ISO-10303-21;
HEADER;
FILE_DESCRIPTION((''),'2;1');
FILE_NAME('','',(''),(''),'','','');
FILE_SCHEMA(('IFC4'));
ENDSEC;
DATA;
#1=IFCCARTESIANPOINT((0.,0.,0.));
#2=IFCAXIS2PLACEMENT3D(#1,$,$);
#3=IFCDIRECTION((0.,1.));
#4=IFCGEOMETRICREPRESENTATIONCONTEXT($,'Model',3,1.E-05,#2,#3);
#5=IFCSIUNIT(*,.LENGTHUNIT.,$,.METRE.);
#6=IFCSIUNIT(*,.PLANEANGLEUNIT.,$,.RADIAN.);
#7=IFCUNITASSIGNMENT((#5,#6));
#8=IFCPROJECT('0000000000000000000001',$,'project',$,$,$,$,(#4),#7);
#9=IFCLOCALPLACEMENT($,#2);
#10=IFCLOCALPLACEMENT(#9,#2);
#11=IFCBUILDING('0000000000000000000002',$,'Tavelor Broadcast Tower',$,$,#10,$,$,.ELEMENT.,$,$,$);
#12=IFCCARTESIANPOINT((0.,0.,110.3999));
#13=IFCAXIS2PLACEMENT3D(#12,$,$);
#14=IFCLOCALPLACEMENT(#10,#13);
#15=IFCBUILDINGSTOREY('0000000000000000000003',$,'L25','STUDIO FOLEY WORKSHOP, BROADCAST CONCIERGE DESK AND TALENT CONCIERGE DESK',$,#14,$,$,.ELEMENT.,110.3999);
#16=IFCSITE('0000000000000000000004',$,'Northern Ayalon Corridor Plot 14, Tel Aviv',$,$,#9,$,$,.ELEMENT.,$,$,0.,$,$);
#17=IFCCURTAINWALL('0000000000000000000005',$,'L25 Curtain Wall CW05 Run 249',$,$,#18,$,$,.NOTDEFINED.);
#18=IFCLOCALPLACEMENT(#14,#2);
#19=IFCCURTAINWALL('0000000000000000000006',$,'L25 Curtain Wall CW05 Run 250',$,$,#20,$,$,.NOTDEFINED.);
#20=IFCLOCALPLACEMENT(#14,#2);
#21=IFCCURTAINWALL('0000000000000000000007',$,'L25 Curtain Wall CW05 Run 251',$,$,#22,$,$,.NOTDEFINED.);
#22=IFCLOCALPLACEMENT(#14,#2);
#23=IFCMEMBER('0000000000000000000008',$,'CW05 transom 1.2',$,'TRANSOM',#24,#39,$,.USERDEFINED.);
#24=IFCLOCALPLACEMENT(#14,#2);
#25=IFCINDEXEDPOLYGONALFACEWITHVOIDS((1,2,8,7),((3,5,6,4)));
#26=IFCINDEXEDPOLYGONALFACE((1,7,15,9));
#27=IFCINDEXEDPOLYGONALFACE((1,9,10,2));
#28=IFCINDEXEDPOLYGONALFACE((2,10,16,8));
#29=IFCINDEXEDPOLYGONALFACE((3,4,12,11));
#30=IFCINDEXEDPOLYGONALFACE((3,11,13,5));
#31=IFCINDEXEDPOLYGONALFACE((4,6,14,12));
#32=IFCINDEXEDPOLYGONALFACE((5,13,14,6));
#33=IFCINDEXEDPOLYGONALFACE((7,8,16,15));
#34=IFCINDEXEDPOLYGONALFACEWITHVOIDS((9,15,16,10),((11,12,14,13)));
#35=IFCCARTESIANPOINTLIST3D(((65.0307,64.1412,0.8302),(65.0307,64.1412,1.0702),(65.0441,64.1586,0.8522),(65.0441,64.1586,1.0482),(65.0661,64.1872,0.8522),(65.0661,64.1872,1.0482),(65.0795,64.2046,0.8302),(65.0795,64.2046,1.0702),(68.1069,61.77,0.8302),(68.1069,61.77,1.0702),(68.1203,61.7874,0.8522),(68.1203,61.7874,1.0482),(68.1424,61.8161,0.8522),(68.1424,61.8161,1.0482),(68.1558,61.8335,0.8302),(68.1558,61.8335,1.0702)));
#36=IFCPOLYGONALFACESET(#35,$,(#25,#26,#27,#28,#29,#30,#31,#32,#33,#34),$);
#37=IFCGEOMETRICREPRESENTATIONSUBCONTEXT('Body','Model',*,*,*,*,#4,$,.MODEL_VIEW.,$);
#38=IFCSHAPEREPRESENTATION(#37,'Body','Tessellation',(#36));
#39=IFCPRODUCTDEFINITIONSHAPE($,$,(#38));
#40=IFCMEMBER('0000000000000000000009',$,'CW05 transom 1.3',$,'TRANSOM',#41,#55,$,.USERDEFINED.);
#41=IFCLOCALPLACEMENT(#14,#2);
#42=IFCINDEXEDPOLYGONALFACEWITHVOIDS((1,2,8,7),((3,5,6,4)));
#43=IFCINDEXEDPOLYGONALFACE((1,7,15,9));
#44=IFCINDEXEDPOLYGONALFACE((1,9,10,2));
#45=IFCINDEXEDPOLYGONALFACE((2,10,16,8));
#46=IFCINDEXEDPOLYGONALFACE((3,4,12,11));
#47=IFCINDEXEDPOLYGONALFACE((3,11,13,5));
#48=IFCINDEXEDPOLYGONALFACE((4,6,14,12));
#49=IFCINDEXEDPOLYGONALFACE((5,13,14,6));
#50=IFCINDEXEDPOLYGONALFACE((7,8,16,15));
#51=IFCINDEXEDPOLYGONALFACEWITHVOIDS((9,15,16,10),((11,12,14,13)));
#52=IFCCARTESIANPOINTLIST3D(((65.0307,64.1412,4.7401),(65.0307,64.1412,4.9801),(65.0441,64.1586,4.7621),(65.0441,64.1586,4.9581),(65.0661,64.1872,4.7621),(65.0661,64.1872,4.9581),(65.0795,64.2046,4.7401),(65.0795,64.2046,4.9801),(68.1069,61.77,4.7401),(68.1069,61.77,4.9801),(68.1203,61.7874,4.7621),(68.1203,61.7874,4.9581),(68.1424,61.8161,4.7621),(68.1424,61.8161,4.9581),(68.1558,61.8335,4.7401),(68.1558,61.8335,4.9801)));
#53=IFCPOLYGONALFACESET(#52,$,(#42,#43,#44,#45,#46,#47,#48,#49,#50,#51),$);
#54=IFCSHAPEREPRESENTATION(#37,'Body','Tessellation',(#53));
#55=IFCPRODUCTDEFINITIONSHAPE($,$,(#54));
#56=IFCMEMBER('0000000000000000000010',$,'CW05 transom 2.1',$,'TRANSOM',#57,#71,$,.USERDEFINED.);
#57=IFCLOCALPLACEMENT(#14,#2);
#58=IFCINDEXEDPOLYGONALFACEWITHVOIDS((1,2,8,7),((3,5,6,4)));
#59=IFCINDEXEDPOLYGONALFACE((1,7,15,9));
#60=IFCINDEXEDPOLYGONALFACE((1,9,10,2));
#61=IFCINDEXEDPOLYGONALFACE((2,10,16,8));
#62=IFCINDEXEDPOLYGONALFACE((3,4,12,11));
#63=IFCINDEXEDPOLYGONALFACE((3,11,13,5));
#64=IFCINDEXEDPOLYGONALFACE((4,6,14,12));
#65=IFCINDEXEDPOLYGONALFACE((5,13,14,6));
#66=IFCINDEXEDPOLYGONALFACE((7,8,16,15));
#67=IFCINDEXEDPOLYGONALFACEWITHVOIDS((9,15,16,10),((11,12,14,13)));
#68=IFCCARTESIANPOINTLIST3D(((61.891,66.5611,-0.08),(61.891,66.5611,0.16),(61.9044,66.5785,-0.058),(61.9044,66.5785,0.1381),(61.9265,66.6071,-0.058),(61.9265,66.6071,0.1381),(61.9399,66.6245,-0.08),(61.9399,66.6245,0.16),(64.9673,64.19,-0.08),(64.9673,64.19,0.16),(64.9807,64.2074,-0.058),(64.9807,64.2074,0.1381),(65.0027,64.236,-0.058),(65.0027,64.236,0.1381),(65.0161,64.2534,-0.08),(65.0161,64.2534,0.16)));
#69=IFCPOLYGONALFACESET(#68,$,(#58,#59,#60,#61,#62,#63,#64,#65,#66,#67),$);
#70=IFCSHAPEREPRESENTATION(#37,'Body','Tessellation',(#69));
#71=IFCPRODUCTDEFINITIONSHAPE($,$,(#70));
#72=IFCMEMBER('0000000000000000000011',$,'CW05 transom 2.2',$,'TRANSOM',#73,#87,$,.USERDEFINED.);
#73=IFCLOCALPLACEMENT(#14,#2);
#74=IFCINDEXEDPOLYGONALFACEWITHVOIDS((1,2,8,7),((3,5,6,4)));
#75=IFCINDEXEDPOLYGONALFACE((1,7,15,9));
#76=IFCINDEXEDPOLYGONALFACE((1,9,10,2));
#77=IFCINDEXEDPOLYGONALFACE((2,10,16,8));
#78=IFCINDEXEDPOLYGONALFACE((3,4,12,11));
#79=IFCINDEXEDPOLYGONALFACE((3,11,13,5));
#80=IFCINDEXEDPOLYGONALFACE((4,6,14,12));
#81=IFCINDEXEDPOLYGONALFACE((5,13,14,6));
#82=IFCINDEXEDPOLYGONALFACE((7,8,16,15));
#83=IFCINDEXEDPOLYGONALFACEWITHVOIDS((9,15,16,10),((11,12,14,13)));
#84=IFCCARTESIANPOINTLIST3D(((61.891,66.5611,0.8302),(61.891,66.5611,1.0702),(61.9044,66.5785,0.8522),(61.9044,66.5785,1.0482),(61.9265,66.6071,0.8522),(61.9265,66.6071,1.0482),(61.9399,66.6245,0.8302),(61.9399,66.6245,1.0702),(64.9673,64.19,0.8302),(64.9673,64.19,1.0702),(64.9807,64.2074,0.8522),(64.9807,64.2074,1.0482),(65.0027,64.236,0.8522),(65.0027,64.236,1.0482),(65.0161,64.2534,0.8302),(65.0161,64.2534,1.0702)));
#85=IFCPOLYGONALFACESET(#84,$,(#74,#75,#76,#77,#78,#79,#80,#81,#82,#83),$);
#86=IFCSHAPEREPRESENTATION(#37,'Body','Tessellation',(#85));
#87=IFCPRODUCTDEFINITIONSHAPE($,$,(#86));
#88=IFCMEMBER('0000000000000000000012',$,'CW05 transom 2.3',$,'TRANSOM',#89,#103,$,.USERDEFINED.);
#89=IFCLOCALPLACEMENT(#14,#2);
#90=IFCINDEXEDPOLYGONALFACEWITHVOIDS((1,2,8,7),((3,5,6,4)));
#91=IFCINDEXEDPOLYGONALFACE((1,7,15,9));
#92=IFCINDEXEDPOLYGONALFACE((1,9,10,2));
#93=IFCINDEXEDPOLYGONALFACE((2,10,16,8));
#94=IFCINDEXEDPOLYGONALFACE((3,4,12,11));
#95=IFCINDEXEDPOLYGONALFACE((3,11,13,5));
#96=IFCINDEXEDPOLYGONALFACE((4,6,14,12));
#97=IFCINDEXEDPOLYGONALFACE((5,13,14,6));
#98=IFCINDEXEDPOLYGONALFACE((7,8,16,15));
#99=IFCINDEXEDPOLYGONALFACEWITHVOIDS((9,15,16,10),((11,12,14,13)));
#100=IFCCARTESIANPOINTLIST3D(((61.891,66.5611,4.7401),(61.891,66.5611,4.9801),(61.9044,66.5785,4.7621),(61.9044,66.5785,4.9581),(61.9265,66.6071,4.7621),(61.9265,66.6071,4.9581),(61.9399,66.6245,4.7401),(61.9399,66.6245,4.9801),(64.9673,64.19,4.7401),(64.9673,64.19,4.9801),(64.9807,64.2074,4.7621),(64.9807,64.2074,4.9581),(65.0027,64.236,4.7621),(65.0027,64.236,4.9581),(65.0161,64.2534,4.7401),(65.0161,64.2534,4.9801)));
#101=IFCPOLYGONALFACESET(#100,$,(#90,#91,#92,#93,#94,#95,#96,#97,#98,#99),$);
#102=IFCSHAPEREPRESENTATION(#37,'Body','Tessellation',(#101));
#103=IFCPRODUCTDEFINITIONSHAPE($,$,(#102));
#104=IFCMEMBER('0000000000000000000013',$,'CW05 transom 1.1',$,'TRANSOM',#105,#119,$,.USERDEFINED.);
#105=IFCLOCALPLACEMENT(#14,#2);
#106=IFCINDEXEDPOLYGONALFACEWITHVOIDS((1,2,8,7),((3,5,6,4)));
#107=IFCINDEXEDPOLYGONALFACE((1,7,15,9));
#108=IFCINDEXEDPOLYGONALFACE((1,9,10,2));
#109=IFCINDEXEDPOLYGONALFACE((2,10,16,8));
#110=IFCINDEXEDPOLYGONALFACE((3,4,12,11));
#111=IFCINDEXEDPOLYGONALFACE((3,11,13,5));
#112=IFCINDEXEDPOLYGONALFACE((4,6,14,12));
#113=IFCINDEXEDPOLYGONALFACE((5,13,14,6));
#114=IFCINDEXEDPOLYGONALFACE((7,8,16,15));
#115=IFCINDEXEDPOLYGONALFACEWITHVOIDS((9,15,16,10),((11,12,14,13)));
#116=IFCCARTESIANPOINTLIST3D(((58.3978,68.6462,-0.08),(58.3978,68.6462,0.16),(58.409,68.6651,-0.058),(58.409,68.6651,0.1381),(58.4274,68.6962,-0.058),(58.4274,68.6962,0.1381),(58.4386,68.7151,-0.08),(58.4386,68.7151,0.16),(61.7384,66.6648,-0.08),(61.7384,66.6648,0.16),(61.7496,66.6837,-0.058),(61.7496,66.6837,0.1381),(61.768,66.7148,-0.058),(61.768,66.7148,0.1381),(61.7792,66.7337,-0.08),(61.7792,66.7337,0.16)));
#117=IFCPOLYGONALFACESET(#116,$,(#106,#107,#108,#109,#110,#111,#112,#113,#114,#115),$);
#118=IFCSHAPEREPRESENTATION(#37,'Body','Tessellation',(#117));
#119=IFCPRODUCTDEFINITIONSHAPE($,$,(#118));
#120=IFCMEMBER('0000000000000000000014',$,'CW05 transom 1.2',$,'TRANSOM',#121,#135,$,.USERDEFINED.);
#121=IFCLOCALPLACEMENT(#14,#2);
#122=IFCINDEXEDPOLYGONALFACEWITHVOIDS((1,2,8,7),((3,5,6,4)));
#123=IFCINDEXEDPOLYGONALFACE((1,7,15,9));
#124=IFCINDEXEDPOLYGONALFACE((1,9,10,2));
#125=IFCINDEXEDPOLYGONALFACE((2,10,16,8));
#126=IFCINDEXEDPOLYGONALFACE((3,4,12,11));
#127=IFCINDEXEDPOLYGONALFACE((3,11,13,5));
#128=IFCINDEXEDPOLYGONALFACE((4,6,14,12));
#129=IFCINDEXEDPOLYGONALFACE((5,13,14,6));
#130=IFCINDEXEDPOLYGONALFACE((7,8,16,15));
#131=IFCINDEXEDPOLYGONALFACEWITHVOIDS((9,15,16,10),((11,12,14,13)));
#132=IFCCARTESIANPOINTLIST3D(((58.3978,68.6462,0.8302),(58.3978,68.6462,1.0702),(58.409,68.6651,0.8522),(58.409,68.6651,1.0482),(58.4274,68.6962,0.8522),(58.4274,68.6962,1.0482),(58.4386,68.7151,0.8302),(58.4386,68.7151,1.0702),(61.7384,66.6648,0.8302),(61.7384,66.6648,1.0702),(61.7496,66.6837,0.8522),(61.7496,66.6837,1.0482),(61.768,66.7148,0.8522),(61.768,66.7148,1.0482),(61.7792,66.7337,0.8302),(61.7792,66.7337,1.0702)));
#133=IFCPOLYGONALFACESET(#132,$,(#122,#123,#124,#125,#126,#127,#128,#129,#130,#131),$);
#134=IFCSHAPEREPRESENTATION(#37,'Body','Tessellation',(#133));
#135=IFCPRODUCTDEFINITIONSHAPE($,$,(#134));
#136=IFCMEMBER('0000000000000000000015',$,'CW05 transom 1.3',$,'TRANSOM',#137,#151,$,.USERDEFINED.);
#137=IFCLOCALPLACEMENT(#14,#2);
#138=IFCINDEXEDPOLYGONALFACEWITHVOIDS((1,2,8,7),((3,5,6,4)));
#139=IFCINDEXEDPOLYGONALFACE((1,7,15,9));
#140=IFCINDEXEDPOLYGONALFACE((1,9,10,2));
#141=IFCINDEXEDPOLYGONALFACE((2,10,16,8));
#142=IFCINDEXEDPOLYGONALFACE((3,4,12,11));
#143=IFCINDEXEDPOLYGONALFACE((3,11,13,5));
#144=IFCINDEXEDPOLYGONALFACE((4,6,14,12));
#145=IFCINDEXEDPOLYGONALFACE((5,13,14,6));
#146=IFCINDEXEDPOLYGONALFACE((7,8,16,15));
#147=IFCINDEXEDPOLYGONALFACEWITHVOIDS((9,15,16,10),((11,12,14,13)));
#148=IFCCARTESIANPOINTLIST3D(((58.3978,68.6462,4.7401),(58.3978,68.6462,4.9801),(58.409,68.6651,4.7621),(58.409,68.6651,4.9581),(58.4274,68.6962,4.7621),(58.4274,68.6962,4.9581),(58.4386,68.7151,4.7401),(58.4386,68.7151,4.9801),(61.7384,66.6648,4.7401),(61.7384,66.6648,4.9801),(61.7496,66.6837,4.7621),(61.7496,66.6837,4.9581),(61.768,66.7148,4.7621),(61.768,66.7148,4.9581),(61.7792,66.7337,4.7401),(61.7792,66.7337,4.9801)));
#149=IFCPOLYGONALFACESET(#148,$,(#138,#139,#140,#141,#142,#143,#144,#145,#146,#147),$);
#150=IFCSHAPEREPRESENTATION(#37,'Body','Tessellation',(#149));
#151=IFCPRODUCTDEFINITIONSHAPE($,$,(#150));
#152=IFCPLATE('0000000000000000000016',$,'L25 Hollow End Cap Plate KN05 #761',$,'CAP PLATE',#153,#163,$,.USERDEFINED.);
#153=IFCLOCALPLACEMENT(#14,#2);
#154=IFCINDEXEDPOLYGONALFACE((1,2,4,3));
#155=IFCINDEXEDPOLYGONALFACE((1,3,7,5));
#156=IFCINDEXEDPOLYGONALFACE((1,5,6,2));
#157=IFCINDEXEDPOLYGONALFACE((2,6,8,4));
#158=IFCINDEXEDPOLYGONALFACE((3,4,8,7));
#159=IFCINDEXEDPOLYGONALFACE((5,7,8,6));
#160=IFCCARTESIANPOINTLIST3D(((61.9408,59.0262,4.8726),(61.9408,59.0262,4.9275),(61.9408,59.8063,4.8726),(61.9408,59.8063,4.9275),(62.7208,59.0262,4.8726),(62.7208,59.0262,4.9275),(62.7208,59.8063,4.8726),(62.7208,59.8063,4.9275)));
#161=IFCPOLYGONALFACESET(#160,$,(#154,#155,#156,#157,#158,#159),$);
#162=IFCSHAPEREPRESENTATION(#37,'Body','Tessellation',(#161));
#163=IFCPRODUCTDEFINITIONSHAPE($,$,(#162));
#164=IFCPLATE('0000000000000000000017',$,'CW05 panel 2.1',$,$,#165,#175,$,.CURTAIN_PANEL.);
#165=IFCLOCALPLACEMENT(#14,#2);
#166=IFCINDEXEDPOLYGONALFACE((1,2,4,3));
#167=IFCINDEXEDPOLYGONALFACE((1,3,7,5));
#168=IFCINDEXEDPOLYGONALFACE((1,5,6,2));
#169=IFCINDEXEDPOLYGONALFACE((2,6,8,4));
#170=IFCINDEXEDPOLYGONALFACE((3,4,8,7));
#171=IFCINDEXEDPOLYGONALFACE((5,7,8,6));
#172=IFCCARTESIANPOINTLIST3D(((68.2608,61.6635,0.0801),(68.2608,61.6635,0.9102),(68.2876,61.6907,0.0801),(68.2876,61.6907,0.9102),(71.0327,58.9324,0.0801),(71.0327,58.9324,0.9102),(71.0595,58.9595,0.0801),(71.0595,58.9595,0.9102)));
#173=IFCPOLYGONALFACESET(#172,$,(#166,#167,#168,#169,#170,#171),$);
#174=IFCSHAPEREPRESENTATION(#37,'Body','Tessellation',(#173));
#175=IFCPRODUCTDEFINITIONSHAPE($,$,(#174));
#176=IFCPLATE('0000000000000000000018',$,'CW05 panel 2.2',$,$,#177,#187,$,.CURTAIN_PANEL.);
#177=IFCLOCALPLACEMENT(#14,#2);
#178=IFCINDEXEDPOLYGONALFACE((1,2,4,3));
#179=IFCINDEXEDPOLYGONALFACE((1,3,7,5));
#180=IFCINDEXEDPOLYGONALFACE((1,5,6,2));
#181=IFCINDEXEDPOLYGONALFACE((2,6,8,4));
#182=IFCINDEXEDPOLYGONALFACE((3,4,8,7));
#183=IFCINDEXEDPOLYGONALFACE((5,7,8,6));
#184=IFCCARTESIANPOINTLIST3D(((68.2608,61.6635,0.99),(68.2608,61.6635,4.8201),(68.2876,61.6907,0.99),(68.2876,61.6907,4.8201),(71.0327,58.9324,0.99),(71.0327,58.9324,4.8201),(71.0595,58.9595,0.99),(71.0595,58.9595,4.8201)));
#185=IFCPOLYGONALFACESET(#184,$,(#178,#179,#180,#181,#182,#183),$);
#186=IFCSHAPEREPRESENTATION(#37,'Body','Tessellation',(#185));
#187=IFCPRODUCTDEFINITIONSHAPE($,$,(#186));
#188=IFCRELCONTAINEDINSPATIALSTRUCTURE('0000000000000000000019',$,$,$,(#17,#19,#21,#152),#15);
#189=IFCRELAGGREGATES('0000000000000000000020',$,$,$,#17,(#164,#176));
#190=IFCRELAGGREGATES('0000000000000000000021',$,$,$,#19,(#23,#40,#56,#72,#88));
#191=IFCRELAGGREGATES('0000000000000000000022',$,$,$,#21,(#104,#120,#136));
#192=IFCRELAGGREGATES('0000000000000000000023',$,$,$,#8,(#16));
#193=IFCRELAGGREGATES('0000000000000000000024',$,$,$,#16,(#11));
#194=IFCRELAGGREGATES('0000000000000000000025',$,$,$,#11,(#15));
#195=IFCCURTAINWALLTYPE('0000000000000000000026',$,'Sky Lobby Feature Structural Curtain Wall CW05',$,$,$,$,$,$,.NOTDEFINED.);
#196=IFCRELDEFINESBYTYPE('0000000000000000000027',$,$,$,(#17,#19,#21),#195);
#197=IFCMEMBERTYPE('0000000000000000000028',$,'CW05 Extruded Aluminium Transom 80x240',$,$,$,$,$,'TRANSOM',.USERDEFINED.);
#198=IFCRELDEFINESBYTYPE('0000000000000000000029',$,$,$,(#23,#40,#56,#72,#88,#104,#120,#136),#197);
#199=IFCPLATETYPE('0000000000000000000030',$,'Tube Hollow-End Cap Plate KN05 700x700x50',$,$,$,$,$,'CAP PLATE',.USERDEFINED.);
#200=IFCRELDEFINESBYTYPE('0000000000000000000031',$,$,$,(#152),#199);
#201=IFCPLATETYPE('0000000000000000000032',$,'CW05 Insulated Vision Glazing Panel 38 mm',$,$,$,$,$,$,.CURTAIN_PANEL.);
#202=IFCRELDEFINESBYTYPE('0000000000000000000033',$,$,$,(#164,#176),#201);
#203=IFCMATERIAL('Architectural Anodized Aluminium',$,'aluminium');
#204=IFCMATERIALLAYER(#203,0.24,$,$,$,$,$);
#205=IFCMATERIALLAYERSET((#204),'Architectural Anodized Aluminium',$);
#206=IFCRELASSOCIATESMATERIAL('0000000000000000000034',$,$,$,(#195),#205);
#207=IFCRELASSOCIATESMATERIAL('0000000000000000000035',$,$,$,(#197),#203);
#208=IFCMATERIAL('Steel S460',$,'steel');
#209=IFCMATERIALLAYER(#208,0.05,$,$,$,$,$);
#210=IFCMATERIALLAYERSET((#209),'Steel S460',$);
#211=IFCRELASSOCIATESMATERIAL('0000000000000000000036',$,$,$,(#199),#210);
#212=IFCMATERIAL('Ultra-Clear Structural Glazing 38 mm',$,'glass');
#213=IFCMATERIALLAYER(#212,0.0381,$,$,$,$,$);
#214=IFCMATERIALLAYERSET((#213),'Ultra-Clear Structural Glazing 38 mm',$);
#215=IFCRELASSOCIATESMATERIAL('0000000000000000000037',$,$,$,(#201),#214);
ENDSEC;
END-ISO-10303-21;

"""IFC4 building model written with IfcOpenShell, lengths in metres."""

from ifc_helpers import new_model, si_unit, direction, frame, origin, origin_2d, place, context, subcontext, project, spatial, rectangle, hollow_rectangle, extrude, source, transform, mapped, material, layer, layer_set, material_profile, profile_set, type_object, type_shapes, element, aggregate, save


model = new_model("IFC4")

# Units and contexts
model_context = context("Model", 3, precision=1e-05, world=origin(), true_north=direction((0.0, 1.0)))
body_context = subcontext(model_context, "Body", "Model", "MODEL_VIEW")
ifc_project = project(units=[si_unit("LENGTHUNIT", "METRE"), si_unit("PLANEANGLEUNIT", "RADIAN")], contexts=[model_context])

# Site, building, storey
site_placement = place(None, origin())
site = spatial("IfcSite", under=ifc_project, at=site_placement, Name="Northern Ayalon Corridor Plot 14, Tel Aviv", CompositionType="ELEMENT", RefElevation=0.0)
building_placement = place(site_placement, origin())
building = spatial("IfcBuilding", under=site, at=building_placement, Name="Tavelor Broadcast Tower", CompositionType="ELEMENT")
storey_placement = place(building_placement, frame((0.0, 0.0, 110.3999)))
storey = spatial("IfcBuildingStorey", under=building, at=storey_placement, Name="L25", Description="STUDIO FOLEY WORKSHOP, BROADCAST CONCIERGE DESK AND TALENT CONCIERGE DESK", CompositionType="ELEMENT", Elevation=110.3999)

# Shared definitions
ifc_material_1 = material(Name="Steel S460", Category="steel")

# Curtain wall
ifc_material_2 = material(Name="Architectural Anodized Aluminium", Category="aluminium")
ifc_layer_1 = layer(ifc_material_2, 0.24)
ifc_layer_set_1 = layer_set([ifc_layer_1], Name="Architectural Anodized Aluminium")
curtain_wall_type = type_object("IfcCurtainWallType", Name="Sky Lobby Feature Structural Curtain Wall CW05", PredefinedType="NOTDEFINED", material=ifc_layer_set_1)
curtain_wall_1_placement = place(storey_placement, origin())
curtain_wall_1 = element("IfcCurtainWall", 1, at=curtain_wall_1_placement, inside=storey, type_object=curtain_wall_type, Name="L25 Curtain Wall CW05 Run 249", PredefinedType="NOTDEFINED")

# Curtain wall
curtain_wall_2_placement = place(storey_placement, origin())
curtain_wall_2 = element("IfcCurtainWall", 2, at=curtain_wall_2_placement, inside=storey, type_object=curtain_wall_type, Name="L25 Curtain Wall CW05 Run 250", PredefinedType="NOTDEFINED")

# Curtain wall
curtain_wall_3_placement = place(storey_placement, origin())
curtain_wall_3 = element("IfcCurtainWall", 3, at=curtain_wall_3_placement, inside=storey, type_object=curtain_wall_type, Name="L25 Curtain Wall CW05 Run 251", PredefinedType="NOTDEFINED")

# Members
ifc_material_profile_1 = material_profile(ifc_material_2, hollow_rectangle(XDim=0.0801, YDim=0.24, WallThickness=0.022, at=origin_2d()), Name="RHS 80x240x22")
ifc_profile_set_1 = profile_set([ifc_material_profile_1], Name="Architectural Anodized Aluminium")
member_type_1 = type_object("IfcMemberType", Name="CW05 Extruded Aluminium Transom 80x240", ElementType="TRANSOM", PredefinedType="USERDEFINED", material=ifc_profile_set_1)
shared_shape_1 = source(origin(), body_context, "Body", "SweptSolid", [
    extrude(hollow_rectangle(XDim=0.0801, YDim=0.24, WallThickness=0.022, at=origin_2d()), origin(), (0.0, 0.0, 1.0), 3.884),
])
member_1_placement = place(storey_placement, frame((68.1313, 61.8018, 0.9502), z_axis=(-0.792025, 0.610488, 0.0), x_axis=(-0.610488, -0.792025, 0.0)))
member_1 = element("IfcMember", 4, at=member_1_placement, type_object=member_type_1, Name="CW05 transom 1.2", ObjectType="TRANSOM", PredefinedType="USERDEFINED", context=body_context, shape_type="MappedRepresentation", body=[
    mapped(shared_shape_1, transform((0.0, 0.0, 0.0), scale=1.0)),
])
member_2_placement = place(storey_placement, frame((68.1313, 61.8018, 4.8601), z_axis=(-0.792025, 0.610488, 0.0), x_axis=(-0.610488, -0.792025, 0.0)))
member_2 = element("IfcMember", 5, at=member_2_placement, type_object=member_type_1, Name="CW05 transom 1.3", ObjectType="TRANSOM", PredefinedType="USERDEFINED", context=body_context, shape_type="MappedRepresentation", body=[
    mapped(shared_shape_1, transform((0.0, 0.0, 0.0), scale=1.0)),
])
member_3_placement = place(storey_placement, frame((64.9917, 64.2217, 0.04), z_axis=(-0.792025, 0.610488, 0.0), x_axis=(-0.610488, -0.792025, 0.0)))
member_3 = element("IfcMember", 6, at=member_3_placement, type_object=member_type_1, Name="CW05 transom 2.1", ObjectType="TRANSOM", PredefinedType="USERDEFINED", context=body_context, shape_type="MappedRepresentation", body=[
    mapped(shared_shape_1, transform((0.0, 0.0, 0.0), scale=1.0)),
])
member_4_placement = place(storey_placement, frame((64.9917, 64.2217, 0.9502), z_axis=(-0.792025, 0.610488, 0.0), x_axis=(-0.610488, -0.792025, 0.0)))
member_4 = element("IfcMember", 7, at=member_4_placement, type_object=member_type_1, Name="CW05 transom 2.2", ObjectType="TRANSOM", PredefinedType="USERDEFINED", context=body_context, shape_type="MappedRepresentation", body=[
    mapped(shared_shape_1, transform((0.0, 0.0, 0.0), scale=1.0)),
])
member_5_placement = place(storey_placement, frame((64.9917, 64.2217, 4.8601), z_axis=(-0.792025, 0.610488, 0.0), x_axis=(-0.610488, -0.792025, 0.0)))
member_5 = element("IfcMember", 8, at=member_5_placement, type_object=member_type_1, Name="CW05 transom 2.3", ObjectType="TRANSOM", PredefinedType="USERDEFINED", context=body_context, shape_type="MappedRepresentation", body=[
    mapped(shared_shape_1, transform((0.0, 0.0, 0.0), scale=1.0)),
])
member_6_placement = place(storey_placement, frame((61.7588, 66.6992, 0.04), z_axis=(-0.860083, 0.510154, 0.0), x_axis=(-0.510154, -0.860083, 0.0)))
member_6 = element("IfcMember", 9, at=member_6_placement, type_object=member_type_1, Name="CW05 transom 1.1", ObjectType="TRANSOM", PredefinedType="USERDEFINED", context=body_context, shape_type="MappedRepresentation", body=[
    mapped(shared_shape_1, transform((0.0, 0.0, 0.0), scale=1.0)),
])
member_7_placement = place(storey_placement, frame((61.7588, 66.6992, 0.9502), z_axis=(-0.860083, 0.510154, 0.0), x_axis=(-0.510154, -0.860083, 0.0)))
member_7 = element("IfcMember", 10, at=member_7_placement, type_object=member_type_1, Name="CW05 transom 1.2", ObjectType="TRANSOM", PredefinedType="USERDEFINED", context=body_context, shape_type="MappedRepresentation", body=[
    mapped(shared_shape_1, transform((0.0, 0.0, 0.0), scale=1.0)),
])
member_8_placement = place(storey_placement, frame((61.7588, 66.6992, 4.8601), z_axis=(-0.860083, 0.510154, 0.0), x_axis=(-0.510154, -0.860083, 0.0)))
member_8 = element("IfcMember", 11, at=member_8_placement, type_object=member_type_1, Name="CW05 transom 1.3", ObjectType="TRANSOM", PredefinedType="USERDEFINED", context=body_context, shape_type="MappedRepresentation", body=[
    mapped(shared_shape_1, transform((0.0, 0.0, 0.0), scale=1.0)),
])

# Plates
ifc_layer_2 = layer(ifc_material_1, 0.05)
ifc_layer_set_2 = layer_set([ifc_layer_2], Name="Steel S460")
plate_type_1 = type_object("IfcPlateType", Name="Tube Hollow-End Cap Plate KN05 700x700x50", ElementType="CAP PLATE", PredefinedType="USERDEFINED", material=ifc_layer_set_2)
shared_shape_2 = source(origin(), body_context, "Body", "SweptSolid", [
    extrude(rectangle(XDim=0.78, YDim=0.78, at=origin_2d()), origin(), (0.0, 0.0, 1.0), 0.0549),
])
type_shapes(plate_type_1, [shared_shape_2])
plate_1_placement = place(storey_placement, frame((62.3308, 59.4163, 4.8726), z_axis=(0.0, 0.0, 1.0), x_axis=(1.0, 0.0, 0.0)))
element("IfcPlate", 12, at=plate_1_placement, inside=storey, type_object=plate_type_1, Name="L25 Hollow End Cap Plate KN05 #761", ObjectType="CAP PLATE", PredefinedType="USERDEFINED", context=body_context, shape_type="MappedRepresentation", body=[
    mapped(shared_shape_2, transform((0.0, 0.0, 0.0), scale=1.0)),
])
ifc_material_3 = material(Name="Ultra-Clear Structural Glazing 38 mm", Category="glass")
ifc_layer_3 = layer(ifc_material_3, 0.0381)
ifc_layer_set_3 = layer_set([ifc_layer_3], Name="Ultra-Clear Structural Glazing 38 mm")
plate_type_2 = type_object("IfcPlateType", Name="CW05 Insulated Vision Glazing Panel 38 mm", PredefinedType="CURTAIN_PANEL", material=ifc_layer_set_3)
shared_shape_3 = source(origin(), body_context, "Body", "SweptSolid", [
    extrude(rectangle(XDim=3.8914, YDim=0.0381, at=origin_2d()), origin(), (0.0, 0.0, 1.0), 0.8301),
])
plate_2_placement = place(storey_placement, frame((69.6602, 60.3115, 0.0801), z_axis=(0.0, 0.0, 1.0), x_axis=(-0.712322, 0.701852, 0.0)))
plate_2 = element("IfcPlate", 13, at=plate_2_placement, type_object=plate_type_2, Name="CW05 panel 2.1", PredefinedType="CURTAIN_PANEL", context=body_context, shape_type="MappedRepresentation", body=[
    mapped(shared_shape_3, transform((0.0, 0.0, 0.0), scale=1.0)),
])
shared_shape_4 = source(origin(), body_context, "Body", "SweptSolid", [
    extrude(rectangle(XDim=3.8914, YDim=0.0381, at=origin_2d()), origin(), (0.0, 0.0, 1.0), 3.8301),
])
plate_3_placement = place(storey_placement, frame((69.6602, 60.3115, 0.99), z_axis=(0.0, 0.0, 1.0), x_axis=(-0.712322, 0.701852, 0.0)))
plate_3 = element("IfcPlate", 14, at=plate_3_placement, type_object=plate_type_2, Name="CW05 panel 2.2", PredefinedType="CURTAIN_PANEL", context=body_context, shape_type="MappedRepresentation", body=[
    mapped(shared_shape_4, transform((0.0, 0.0, 0.0), scale=1.0)),
])
aggregate(curtain_wall_1, [plate_2, plate_3])
aggregate(curtain_wall_2, [member_1, member_2, member_3, member_4, member_5])
aggregate(curtain_wall_3, [member_6, member_7, member_8])

save(model, "model.ifc")
